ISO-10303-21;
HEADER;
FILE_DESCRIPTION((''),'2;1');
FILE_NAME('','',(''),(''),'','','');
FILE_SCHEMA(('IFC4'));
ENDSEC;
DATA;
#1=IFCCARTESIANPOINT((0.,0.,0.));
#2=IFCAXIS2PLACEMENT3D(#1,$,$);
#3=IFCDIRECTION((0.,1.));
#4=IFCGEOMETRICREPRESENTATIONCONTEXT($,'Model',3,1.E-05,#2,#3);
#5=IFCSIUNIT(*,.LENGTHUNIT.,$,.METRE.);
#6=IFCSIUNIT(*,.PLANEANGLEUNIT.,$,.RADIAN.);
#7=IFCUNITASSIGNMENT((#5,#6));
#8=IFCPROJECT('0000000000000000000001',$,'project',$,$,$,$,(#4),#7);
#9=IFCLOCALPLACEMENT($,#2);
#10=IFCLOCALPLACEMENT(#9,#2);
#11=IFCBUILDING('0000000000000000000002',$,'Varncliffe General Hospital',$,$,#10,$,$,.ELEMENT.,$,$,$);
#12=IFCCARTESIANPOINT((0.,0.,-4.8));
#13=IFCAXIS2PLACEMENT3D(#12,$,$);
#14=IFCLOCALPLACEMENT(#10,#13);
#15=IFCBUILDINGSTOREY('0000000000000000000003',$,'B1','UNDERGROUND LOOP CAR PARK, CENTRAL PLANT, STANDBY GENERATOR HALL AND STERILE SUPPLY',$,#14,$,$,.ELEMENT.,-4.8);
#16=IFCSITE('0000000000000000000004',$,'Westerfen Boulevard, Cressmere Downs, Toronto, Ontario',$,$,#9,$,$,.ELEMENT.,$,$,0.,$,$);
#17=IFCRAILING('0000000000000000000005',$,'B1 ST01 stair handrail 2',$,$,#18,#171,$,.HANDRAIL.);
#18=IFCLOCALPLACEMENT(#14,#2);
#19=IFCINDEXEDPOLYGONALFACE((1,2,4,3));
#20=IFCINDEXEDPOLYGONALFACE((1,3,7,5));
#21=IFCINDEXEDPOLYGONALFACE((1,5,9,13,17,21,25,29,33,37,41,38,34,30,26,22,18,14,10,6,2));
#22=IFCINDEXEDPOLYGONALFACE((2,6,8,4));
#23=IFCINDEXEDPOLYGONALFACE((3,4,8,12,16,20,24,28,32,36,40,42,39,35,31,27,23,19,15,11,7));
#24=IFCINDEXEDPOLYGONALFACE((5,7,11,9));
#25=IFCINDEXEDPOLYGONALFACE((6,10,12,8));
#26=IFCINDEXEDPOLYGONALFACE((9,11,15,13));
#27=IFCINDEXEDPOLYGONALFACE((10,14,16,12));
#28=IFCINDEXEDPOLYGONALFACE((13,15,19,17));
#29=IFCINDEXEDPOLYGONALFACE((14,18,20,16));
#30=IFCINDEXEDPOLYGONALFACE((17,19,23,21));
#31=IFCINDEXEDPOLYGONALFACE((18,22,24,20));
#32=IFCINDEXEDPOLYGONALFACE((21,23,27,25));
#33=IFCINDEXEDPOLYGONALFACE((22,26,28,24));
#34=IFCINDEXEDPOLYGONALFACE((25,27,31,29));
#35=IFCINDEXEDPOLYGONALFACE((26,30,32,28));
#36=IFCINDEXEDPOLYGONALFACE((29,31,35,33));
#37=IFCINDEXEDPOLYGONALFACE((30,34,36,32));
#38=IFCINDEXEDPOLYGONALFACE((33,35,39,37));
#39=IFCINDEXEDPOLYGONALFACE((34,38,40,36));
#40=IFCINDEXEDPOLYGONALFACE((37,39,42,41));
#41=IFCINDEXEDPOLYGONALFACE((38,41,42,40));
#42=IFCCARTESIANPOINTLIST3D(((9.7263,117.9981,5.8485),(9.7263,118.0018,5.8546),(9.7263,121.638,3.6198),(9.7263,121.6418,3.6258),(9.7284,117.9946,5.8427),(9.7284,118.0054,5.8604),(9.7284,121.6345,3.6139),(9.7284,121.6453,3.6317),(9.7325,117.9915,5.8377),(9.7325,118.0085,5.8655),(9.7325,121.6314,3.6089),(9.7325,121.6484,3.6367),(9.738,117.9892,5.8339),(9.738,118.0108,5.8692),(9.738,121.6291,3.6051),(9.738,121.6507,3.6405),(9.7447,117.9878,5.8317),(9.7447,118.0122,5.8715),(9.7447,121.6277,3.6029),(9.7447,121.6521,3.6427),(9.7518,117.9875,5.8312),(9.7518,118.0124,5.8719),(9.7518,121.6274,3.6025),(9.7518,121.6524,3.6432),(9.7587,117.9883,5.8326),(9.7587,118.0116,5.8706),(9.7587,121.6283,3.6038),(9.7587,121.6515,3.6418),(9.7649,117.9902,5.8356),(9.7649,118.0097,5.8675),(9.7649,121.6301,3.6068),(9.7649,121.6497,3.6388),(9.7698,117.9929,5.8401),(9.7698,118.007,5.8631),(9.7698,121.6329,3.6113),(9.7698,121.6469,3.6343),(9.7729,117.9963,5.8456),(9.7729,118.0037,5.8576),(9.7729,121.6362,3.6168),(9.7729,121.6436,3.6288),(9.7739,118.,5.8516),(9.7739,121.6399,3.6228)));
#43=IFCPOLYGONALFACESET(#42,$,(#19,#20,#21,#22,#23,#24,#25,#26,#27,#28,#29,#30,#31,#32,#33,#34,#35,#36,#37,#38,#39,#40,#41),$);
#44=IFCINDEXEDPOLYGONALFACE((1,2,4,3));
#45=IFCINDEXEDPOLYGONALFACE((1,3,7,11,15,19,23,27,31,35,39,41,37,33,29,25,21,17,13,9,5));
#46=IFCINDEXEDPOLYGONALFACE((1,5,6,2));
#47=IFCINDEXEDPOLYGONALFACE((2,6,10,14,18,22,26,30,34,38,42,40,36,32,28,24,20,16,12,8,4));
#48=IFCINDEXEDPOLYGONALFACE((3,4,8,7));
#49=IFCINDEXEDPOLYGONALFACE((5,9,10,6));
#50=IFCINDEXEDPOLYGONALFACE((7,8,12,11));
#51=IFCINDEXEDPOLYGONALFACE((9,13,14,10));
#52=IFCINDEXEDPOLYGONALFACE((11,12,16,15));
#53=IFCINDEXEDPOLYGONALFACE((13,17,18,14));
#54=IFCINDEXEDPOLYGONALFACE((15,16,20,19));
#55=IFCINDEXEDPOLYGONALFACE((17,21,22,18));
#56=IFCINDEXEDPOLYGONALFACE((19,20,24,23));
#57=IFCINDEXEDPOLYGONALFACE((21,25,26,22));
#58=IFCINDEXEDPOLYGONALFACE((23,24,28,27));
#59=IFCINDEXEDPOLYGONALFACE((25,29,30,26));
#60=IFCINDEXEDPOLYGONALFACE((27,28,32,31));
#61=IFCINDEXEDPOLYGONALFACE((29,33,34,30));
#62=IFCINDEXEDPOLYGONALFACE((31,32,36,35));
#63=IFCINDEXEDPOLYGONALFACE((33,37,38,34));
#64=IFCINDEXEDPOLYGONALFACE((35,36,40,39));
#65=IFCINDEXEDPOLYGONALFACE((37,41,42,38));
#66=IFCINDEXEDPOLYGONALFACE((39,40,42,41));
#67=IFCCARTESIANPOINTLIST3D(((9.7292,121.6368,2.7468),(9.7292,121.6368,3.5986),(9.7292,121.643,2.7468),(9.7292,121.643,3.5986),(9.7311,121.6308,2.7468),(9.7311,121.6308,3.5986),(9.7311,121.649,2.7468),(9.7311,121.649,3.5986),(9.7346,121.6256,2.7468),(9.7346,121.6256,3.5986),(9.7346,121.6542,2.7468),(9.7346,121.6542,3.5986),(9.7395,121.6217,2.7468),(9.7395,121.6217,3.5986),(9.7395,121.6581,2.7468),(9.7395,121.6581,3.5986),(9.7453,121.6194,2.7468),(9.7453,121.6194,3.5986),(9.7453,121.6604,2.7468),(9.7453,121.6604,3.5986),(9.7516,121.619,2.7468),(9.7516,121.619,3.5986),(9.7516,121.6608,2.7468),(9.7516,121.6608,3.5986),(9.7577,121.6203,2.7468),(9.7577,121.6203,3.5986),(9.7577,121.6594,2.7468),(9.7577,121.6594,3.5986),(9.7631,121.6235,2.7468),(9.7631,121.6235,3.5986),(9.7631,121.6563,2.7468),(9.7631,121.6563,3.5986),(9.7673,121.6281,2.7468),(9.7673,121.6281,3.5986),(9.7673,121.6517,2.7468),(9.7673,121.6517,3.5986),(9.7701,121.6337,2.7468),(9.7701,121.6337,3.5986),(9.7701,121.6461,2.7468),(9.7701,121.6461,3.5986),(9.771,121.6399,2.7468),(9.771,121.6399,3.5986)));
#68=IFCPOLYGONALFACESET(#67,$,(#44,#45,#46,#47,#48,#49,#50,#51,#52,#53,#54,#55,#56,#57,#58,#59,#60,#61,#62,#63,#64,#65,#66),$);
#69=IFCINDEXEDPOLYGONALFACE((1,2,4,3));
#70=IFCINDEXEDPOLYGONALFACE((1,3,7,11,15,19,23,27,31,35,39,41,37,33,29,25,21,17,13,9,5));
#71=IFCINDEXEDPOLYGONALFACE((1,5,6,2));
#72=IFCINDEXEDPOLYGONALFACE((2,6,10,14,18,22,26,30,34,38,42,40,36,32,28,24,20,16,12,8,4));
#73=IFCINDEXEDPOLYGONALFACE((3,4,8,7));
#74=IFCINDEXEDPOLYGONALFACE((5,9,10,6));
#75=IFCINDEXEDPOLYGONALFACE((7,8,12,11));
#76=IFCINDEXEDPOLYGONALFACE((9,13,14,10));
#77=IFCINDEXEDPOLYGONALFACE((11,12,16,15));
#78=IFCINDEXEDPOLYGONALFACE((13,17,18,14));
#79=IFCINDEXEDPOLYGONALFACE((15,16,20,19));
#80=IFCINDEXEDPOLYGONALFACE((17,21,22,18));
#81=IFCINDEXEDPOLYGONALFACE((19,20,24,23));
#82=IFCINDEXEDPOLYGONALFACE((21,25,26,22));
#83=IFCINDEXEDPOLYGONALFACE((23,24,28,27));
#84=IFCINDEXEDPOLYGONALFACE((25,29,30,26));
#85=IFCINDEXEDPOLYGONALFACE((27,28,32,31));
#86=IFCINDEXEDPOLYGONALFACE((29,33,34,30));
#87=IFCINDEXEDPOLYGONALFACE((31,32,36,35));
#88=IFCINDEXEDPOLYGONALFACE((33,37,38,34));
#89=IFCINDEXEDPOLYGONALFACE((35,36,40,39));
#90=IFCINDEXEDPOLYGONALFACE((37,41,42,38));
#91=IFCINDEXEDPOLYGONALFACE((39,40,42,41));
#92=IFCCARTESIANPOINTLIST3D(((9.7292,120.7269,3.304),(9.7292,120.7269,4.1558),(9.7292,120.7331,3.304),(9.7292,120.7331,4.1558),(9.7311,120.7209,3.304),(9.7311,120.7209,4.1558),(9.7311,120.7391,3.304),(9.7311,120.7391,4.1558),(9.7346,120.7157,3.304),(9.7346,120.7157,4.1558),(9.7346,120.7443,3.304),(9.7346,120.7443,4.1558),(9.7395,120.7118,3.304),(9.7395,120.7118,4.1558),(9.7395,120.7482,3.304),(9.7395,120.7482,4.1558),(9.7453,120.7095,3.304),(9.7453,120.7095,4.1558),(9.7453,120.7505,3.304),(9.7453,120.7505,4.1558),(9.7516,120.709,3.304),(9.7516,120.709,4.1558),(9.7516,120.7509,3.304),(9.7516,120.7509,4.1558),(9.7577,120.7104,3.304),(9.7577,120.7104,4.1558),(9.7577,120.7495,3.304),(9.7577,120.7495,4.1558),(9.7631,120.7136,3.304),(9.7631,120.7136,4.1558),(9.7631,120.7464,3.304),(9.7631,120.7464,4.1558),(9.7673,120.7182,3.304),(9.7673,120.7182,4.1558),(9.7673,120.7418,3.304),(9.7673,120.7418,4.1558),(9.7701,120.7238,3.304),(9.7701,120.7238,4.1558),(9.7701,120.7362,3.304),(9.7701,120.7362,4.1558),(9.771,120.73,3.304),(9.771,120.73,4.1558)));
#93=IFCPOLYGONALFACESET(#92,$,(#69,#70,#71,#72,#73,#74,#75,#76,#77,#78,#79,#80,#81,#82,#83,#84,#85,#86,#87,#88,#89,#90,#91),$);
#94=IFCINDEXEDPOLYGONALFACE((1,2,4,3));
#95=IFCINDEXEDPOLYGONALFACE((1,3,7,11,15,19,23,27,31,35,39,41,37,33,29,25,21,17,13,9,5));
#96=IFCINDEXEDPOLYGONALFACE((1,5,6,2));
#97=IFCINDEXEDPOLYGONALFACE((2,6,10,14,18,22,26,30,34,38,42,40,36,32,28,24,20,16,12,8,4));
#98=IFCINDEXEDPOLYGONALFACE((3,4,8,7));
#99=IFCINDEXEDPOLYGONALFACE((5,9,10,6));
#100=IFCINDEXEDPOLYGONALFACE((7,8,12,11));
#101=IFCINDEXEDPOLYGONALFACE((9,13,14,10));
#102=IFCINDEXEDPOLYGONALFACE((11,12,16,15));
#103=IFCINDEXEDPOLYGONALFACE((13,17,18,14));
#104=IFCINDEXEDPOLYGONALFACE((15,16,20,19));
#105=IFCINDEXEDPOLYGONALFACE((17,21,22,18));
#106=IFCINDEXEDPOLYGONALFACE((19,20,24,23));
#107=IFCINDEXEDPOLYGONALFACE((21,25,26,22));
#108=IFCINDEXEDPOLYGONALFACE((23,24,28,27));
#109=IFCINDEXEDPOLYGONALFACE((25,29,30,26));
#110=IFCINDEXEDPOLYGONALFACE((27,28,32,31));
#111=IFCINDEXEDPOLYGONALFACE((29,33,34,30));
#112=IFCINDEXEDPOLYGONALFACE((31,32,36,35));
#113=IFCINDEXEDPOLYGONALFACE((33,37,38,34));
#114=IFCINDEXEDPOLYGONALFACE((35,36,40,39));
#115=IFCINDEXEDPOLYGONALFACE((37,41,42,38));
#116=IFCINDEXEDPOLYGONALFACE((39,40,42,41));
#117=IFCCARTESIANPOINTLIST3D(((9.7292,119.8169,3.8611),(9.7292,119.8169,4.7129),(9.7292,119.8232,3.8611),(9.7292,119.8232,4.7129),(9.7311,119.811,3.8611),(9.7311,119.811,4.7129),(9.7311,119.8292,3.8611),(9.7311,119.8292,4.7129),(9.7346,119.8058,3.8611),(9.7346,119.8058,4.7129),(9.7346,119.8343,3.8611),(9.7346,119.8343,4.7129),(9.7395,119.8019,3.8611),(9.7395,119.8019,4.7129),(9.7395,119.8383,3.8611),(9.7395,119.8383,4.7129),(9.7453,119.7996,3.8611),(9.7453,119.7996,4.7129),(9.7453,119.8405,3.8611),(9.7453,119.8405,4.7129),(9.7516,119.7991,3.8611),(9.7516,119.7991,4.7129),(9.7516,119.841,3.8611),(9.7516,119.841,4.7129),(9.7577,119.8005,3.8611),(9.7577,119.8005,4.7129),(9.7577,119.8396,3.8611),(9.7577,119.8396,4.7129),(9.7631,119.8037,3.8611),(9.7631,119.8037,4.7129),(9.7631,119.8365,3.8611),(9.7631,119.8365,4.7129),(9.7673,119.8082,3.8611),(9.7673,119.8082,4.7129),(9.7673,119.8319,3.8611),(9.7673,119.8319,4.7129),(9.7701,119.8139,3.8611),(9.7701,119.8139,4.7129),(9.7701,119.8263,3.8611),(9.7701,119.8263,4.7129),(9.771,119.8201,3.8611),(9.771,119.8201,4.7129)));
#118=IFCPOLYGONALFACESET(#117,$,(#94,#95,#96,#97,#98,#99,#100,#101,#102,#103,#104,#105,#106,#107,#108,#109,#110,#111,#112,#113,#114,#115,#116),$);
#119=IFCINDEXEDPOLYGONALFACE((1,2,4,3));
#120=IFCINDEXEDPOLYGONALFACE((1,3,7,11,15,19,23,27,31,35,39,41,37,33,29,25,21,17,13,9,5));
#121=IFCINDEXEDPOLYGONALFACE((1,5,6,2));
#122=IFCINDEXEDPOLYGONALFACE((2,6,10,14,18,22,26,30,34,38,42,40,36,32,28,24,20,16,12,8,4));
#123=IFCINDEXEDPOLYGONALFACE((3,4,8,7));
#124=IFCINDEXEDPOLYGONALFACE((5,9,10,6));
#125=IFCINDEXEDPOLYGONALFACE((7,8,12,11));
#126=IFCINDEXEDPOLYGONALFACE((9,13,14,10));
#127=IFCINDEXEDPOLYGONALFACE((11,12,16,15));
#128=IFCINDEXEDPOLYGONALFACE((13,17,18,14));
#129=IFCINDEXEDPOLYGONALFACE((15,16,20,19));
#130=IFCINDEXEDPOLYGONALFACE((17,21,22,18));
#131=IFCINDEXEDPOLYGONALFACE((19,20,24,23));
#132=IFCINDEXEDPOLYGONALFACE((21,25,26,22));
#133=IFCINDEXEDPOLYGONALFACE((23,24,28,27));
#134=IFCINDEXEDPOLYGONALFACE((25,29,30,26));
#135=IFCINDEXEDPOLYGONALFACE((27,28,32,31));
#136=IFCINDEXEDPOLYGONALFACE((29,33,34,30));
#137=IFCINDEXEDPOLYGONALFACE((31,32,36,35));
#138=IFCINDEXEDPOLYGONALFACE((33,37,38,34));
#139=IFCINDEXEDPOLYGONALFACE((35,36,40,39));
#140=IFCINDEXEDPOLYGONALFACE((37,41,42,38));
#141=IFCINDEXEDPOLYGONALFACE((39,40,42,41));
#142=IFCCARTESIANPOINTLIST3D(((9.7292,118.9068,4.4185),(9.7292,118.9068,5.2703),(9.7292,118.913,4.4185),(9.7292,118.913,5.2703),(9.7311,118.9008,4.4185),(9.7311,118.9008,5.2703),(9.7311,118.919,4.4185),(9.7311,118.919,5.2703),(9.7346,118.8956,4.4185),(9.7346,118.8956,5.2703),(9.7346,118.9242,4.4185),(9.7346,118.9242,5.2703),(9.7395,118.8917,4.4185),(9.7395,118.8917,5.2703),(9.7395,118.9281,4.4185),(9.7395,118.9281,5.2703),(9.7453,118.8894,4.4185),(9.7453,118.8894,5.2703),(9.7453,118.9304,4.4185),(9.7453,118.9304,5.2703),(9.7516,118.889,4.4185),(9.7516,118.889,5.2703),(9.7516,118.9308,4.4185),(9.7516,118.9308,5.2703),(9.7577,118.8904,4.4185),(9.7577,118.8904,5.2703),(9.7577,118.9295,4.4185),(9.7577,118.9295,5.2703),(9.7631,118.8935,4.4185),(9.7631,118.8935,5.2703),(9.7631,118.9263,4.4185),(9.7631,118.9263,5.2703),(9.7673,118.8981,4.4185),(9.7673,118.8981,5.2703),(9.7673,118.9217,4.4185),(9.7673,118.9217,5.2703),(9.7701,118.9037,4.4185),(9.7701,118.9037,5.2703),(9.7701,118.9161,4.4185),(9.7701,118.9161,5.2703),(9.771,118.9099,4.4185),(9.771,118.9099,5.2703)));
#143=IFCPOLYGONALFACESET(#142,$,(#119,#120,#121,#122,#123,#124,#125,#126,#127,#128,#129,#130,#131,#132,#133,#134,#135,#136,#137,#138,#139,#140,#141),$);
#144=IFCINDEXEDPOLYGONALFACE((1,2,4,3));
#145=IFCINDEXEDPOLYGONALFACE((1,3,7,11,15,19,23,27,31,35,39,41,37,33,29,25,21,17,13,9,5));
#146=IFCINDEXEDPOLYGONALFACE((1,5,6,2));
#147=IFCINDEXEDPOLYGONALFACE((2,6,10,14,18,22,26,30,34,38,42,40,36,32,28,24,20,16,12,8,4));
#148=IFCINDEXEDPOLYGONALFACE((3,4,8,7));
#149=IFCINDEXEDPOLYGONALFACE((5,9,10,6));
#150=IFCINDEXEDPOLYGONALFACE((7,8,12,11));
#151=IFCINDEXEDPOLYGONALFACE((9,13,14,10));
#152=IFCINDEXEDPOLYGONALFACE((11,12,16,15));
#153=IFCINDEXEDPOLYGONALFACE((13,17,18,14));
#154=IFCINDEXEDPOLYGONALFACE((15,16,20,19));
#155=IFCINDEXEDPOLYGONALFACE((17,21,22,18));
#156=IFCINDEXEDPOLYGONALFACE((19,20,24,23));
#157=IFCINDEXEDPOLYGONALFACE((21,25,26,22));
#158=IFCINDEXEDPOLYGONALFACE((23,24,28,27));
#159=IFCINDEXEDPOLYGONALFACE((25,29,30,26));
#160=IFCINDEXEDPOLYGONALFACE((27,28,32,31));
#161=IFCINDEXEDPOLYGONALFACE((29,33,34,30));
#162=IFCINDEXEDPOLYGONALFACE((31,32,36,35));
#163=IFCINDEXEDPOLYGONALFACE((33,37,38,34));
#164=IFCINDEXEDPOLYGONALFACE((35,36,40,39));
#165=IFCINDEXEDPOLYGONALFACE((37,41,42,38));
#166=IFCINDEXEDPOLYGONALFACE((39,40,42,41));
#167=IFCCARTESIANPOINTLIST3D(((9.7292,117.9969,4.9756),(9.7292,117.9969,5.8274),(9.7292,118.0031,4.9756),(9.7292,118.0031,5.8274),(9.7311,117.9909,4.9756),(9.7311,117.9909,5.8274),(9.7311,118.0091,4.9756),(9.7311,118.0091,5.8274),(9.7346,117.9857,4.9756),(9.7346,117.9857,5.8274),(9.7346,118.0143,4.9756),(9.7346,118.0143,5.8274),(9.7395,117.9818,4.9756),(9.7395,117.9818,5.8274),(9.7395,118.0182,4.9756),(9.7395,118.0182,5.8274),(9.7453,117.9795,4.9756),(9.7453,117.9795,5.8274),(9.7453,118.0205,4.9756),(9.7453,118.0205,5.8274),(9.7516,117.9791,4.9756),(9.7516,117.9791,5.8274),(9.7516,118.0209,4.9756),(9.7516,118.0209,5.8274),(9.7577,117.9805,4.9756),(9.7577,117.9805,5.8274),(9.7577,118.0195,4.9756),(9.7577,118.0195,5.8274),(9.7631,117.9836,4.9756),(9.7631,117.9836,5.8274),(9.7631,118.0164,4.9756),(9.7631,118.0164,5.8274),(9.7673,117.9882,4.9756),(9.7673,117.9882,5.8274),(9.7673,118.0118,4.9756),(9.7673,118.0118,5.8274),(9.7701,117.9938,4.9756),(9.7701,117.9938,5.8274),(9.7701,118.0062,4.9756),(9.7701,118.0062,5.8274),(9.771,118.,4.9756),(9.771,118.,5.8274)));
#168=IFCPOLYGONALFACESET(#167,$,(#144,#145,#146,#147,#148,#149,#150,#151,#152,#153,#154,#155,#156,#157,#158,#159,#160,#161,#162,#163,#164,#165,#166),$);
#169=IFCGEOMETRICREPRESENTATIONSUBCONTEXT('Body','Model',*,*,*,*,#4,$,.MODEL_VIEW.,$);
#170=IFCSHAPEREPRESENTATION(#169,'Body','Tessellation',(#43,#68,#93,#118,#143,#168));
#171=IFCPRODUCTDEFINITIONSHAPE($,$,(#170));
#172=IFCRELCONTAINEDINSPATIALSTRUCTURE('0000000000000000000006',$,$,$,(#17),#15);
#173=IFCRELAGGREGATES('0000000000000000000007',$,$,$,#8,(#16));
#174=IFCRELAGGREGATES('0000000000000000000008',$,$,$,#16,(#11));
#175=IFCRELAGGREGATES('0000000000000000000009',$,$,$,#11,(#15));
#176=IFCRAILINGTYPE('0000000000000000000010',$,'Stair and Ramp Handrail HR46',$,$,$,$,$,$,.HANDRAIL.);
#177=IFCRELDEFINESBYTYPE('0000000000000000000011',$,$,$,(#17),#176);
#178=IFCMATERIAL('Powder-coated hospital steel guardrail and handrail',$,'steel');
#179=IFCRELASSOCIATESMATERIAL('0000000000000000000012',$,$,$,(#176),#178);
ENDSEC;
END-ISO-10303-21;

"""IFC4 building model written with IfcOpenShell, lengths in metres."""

from ifc_helpers import new_model, si_unit, direction, frame, origin, origin_2d, place, context, subcontext, project, spatial, circle, extrude, material, type_object, element, save


model = new_model("IFC4")

# Units and contexts
model_context = context("Model", 3, precision=1e-05, world=origin(), true_north=direction((0.0, 1.0)))
body_context = subcontext(model_context, "Body", "Model", "MODEL_VIEW")
ifc_project = project(units=[si_unit("LENGTHUNIT", "METRE"), si_unit("PLANEANGLEUNIT", "RADIAN")], contexts=[model_context])

# Site, building, storey
site_placement = place(None, origin())
site = spatial("IfcSite", under=ifc_project, at=site_placement, Name="Westerfen Boulevard, Cressmere Downs, Toronto, Ontario", CompositionType="ELEMENT", RefElevation=0.0)
building_placement = place(site_placement, origin())
building = spatial("IfcBuilding", under=site, at=building_placement, Name="Varncliffe General Hospital", CompositionType="ELEMENT")
storey_placement = place(building_placement, frame((0.0, 0.0, -4.8)))
storey = spatial("IfcBuildingStorey", under=building, at=storey_placement, Name="B1", Description="UNDERGROUND LOOP CAR PARK, CENTRAL PLANT, STANDBY GENERATOR HALL AND STERILE SUPPLY", CompositionType="ELEMENT", Elevation=-4.8)

# Railing
ifc_material_1 = material(Name="Powder-coated hospital steel guardrail and handrail", Category="steel")
railing_type_1 = type_object("IfcRailingType", Name="Stair and Ramp Handrail HR46", PredefinedType="HANDRAIL", material=ifc_material_1)
railing_1_placement = place(storey_placement, frame((9.75, 121.6399, 2.7468)))
element("IfcRailing", 1, at=railing_1_placement, inside=storey, type_object=railing_type_1, Name="B1 ST01 stair handrail 2", PredefinedType="HANDRAIL", context=body_context, shape_type="SweptSolid", body=[
    extrude(circle(Radius=0.0239, at=origin_2d()), frame((0.0, 0.0, 0.876), z_axis=(0.0, -0.852825, 0.522197), x_axis=(1.0, 0.0, 0.0)), (0.0, 0.0, 1.0), 4.2681),
    extrude(circle(Radius=0.021, at=origin_2d()), origin(), (0.0, 0.0, 1.0), 0.8518),
    extrude(circle(Radius=0.021, at=origin_2d()), frame((0.0, -0.9099, 0.5571)), (0.0, 0.0, 1.0), 0.8518),
    extrude(circle(Radius=0.021, at=origin_2d()), frame((0.0, -1.8198, 1.1143)), (0.0, 0.0, 1.0), 0.8518),
    extrude(circle(Radius=0.021, at=origin_2d()), frame((0.0, -2.73, 1.6716)), (0.0, 0.0, 1.0), 0.8518),
    extrude(circle(Radius=0.021, at=origin_2d()), frame((0.0, -3.6399, 2.2288)), (0.0, 0.0, 1.0), 0.8518),
])

save(model, "model.ifc")
